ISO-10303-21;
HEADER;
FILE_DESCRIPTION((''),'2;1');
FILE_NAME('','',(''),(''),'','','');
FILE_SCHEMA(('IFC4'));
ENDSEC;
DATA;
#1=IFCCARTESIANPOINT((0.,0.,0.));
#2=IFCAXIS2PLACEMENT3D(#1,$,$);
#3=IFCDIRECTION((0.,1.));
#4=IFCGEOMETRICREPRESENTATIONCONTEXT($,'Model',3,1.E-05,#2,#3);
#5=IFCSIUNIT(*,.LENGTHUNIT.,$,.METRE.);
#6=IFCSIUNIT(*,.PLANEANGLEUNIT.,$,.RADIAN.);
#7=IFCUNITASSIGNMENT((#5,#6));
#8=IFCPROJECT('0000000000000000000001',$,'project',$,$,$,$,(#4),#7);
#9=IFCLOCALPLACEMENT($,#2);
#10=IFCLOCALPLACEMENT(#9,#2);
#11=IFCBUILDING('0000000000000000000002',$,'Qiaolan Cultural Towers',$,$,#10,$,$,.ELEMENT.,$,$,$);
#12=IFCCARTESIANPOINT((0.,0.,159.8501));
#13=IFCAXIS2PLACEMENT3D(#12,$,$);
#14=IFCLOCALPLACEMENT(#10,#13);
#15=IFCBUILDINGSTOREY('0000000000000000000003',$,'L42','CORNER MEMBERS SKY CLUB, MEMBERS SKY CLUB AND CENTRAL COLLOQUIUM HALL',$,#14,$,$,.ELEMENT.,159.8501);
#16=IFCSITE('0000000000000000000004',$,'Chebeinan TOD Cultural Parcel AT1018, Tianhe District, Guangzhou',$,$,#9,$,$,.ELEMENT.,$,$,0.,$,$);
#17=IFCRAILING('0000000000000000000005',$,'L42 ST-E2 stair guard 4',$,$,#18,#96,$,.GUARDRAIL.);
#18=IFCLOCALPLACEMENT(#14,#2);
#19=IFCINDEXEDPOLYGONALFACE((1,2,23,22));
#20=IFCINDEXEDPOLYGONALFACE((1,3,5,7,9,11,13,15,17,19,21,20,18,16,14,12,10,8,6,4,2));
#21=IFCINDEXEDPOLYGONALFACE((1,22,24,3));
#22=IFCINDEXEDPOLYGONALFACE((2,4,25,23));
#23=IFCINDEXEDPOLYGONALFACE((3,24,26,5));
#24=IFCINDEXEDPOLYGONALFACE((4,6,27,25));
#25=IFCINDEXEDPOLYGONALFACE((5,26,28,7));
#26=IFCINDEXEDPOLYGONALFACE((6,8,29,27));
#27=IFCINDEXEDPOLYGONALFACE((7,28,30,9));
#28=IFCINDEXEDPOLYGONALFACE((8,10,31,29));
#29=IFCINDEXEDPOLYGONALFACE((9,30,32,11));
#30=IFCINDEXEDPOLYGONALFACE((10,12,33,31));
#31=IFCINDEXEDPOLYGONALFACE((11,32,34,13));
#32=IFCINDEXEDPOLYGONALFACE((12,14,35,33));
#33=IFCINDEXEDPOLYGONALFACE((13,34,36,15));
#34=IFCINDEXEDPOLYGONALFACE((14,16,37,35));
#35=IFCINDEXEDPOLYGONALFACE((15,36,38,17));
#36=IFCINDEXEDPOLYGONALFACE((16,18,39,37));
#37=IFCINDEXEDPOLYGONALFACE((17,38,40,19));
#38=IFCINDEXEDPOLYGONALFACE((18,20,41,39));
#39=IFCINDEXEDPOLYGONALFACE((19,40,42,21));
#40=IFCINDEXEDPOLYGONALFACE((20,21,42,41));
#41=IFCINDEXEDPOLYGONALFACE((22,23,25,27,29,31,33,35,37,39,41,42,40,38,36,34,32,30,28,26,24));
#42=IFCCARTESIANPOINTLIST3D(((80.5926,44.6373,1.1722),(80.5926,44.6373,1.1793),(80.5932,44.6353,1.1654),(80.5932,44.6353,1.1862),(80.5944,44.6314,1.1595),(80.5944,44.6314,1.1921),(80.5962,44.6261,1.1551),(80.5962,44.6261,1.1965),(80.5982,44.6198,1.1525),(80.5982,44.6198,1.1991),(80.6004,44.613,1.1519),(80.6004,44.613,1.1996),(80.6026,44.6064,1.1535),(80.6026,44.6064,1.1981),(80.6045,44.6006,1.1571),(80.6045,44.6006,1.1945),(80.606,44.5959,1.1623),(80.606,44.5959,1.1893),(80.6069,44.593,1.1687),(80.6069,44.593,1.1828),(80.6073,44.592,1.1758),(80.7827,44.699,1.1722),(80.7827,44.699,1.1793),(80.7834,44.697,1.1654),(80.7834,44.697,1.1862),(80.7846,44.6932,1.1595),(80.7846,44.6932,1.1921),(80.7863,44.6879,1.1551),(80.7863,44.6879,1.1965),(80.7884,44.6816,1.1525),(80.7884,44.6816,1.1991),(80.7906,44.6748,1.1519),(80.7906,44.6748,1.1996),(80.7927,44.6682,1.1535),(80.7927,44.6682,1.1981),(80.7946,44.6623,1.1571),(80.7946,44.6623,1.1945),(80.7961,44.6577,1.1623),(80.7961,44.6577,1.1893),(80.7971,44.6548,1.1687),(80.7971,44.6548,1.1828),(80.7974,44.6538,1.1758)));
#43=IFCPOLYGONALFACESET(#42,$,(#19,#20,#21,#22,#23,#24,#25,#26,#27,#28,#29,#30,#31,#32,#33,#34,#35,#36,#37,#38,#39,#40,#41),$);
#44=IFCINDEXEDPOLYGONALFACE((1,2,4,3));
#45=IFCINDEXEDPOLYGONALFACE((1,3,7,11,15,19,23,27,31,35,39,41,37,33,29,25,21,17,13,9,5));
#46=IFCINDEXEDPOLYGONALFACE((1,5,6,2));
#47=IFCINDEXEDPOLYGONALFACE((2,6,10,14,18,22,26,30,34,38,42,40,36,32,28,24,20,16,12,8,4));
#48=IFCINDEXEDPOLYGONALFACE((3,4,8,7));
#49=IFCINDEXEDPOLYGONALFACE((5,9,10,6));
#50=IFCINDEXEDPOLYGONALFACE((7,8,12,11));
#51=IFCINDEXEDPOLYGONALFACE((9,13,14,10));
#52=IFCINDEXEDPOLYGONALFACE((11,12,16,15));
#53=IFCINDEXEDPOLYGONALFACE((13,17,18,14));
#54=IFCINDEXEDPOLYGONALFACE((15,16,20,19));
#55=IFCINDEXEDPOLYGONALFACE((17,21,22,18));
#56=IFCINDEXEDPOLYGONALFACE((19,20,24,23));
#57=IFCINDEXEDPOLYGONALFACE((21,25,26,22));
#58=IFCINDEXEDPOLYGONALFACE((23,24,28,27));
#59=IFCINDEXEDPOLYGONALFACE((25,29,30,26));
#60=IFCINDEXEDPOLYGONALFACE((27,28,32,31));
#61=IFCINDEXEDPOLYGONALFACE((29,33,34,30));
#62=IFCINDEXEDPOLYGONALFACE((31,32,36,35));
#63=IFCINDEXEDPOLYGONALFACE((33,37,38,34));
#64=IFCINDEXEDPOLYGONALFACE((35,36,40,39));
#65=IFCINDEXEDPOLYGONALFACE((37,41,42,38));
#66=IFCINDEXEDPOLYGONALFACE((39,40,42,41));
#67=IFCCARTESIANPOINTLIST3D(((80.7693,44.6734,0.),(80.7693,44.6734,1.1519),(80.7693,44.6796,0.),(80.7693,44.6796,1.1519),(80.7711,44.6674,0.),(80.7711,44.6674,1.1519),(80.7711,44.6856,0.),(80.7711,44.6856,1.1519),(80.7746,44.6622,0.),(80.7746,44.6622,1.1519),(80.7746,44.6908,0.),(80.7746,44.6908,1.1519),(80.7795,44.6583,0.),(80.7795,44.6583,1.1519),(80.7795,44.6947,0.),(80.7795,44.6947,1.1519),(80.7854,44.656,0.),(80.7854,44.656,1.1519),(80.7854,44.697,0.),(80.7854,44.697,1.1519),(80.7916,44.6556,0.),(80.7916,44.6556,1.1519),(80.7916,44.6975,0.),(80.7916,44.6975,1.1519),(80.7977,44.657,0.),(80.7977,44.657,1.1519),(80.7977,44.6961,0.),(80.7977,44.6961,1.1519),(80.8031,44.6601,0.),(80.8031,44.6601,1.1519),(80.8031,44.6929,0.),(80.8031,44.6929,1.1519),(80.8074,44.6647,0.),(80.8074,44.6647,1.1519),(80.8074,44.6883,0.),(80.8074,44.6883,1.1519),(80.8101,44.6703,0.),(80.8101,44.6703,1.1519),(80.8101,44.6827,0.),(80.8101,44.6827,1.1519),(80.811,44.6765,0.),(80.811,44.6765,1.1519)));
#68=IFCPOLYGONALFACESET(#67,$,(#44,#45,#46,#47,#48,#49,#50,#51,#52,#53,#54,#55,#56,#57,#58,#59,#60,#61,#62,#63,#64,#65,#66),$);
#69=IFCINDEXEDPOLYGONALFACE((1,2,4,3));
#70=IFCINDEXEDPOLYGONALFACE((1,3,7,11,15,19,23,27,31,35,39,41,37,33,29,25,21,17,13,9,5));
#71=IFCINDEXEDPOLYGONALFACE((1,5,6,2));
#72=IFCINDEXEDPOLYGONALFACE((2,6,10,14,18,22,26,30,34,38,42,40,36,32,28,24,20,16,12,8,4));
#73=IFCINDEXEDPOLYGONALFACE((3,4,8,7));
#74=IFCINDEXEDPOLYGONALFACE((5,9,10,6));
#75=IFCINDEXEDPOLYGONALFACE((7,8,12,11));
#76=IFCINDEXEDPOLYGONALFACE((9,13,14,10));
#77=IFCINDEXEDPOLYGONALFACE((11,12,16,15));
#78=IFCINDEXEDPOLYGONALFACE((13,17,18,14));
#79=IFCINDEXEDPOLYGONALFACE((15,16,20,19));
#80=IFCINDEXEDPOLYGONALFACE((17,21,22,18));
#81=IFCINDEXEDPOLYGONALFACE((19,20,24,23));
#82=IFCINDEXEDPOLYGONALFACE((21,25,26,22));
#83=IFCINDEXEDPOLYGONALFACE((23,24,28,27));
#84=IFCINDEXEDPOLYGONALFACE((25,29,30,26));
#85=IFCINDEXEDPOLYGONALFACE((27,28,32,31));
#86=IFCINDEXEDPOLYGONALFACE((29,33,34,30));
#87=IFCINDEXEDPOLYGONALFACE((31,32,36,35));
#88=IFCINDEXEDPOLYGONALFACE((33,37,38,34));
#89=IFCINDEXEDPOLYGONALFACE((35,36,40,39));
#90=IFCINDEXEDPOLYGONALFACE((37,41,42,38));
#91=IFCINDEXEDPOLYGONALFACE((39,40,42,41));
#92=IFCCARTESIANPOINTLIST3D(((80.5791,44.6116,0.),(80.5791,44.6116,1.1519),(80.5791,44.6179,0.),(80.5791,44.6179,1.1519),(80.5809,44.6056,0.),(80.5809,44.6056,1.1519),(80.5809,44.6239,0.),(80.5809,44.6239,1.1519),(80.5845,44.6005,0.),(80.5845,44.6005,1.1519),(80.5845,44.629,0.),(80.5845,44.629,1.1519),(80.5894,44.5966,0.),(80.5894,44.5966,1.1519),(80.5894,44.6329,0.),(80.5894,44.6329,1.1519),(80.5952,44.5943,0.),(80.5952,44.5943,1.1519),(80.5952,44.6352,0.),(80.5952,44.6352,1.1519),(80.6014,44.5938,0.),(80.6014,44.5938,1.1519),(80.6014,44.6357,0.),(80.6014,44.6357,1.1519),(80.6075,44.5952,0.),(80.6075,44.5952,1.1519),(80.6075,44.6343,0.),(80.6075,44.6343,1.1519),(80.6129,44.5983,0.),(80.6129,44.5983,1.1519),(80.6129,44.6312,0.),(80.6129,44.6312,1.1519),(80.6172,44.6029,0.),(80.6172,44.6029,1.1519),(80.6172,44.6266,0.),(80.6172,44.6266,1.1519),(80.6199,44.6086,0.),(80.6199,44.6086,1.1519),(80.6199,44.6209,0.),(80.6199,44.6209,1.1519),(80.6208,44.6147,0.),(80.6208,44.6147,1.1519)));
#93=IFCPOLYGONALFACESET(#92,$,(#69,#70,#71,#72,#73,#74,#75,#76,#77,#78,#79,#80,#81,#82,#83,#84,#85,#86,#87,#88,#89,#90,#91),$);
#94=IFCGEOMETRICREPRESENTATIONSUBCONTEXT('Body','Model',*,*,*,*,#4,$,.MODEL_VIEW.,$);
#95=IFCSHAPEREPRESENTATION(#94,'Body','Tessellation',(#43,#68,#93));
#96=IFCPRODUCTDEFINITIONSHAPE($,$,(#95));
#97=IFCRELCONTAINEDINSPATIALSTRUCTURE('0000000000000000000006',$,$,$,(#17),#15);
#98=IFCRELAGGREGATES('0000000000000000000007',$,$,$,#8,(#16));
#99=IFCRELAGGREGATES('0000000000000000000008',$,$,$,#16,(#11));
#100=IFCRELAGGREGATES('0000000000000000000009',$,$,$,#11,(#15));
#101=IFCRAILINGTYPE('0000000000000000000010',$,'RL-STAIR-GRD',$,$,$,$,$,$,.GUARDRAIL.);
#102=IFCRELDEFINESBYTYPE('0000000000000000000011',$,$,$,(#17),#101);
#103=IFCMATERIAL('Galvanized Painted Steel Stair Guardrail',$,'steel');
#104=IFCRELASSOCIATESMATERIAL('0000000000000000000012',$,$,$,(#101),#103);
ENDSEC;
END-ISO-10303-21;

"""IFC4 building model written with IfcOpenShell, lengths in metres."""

from ifc_helpers import new_model, si_unit, direction, frame, origin, origin_2d, place, context, subcontext, project, spatial, circle, extrude, material, type_object, element, save


model = new_model("IFC4")

# Units and contexts
model_context = context("Model", 3, precision=1e-05, world=origin(), true_north=direction((0.0, 1.0)))
body_context = subcontext(model_context, "Body", "Model", "MODEL_VIEW")
ifc_project = project(units=[si_unit("LENGTHUNIT", "METRE"), si_unit("PLANEANGLEUNIT", "RADIAN")], contexts=[model_context])

# Site, building, storey
site_placement = place(None, origin())
site = spatial("IfcSite", under=ifc_project, at=site_placement, Name="Chebeinan TOD Cultural Parcel AT1018, Tianhe District, Guangzhou", CompositionType="ELEMENT", RefElevation=0.0)
building_placement = place(site_placement, origin())
building = spatial("IfcBuilding", under=site, at=building_placement, Name="Qiaolan Cultural Towers", CompositionType="ELEMENT")
storey_placement = place(building_placement, frame((0.0, 0.0, 159.8501)))
storey = spatial("IfcBuildingStorey", under=building, at=storey_placement, Name="L42", Description="CORNER MEMBERS SKY CLUB, MEMBERS SKY CLUB AND CENTRAL COLLOQUIUM HALL", CompositionType="ELEMENT", Elevation=159.8501)

# Railing
ifc_material_1 = material(Name="Galvanized Painted Steel Stair Guardrail", Category="steel")
railing_type_1 = type_object("IfcRailingType", Name="RL-STAIR-GRD", PredefinedType="GUARDRAIL", material=ifc_material_1)
railing_1_placement = place(storey_placement, frame((80.79, 44.6765, 0.0)))
element("IfcRailing", 1, at=railing_1_placement, inside=storey, type_object=railing_type_1, Name="L42 ST-E2 stair guard 4", PredefinedType="GUARDRAIL", context=body_context, shape_type="SweptSolid", body=[
    extrude(circle(Radius=0.0239, at=origin_2d()), frame((0.0, 0.0, 1.1758), z_axis=(-0.951097, -0.308893, 0.0), x_axis=(0.308893, -0.951097, 0.0)), (0.0, 0.0, 1.0), 0.2),
    extrude(circle(Radius=0.021, at=origin_2d()), origin(), (0.0, 0.0, 1.0), 1.1519),
    extrude(circle(Radius=0.021, at=origin_2d()), frame((-0.1902, -0.0618, 0.0)), (0.0, 0.0, 1.0), 1.1519),
])

save(model, "model.ifc")
